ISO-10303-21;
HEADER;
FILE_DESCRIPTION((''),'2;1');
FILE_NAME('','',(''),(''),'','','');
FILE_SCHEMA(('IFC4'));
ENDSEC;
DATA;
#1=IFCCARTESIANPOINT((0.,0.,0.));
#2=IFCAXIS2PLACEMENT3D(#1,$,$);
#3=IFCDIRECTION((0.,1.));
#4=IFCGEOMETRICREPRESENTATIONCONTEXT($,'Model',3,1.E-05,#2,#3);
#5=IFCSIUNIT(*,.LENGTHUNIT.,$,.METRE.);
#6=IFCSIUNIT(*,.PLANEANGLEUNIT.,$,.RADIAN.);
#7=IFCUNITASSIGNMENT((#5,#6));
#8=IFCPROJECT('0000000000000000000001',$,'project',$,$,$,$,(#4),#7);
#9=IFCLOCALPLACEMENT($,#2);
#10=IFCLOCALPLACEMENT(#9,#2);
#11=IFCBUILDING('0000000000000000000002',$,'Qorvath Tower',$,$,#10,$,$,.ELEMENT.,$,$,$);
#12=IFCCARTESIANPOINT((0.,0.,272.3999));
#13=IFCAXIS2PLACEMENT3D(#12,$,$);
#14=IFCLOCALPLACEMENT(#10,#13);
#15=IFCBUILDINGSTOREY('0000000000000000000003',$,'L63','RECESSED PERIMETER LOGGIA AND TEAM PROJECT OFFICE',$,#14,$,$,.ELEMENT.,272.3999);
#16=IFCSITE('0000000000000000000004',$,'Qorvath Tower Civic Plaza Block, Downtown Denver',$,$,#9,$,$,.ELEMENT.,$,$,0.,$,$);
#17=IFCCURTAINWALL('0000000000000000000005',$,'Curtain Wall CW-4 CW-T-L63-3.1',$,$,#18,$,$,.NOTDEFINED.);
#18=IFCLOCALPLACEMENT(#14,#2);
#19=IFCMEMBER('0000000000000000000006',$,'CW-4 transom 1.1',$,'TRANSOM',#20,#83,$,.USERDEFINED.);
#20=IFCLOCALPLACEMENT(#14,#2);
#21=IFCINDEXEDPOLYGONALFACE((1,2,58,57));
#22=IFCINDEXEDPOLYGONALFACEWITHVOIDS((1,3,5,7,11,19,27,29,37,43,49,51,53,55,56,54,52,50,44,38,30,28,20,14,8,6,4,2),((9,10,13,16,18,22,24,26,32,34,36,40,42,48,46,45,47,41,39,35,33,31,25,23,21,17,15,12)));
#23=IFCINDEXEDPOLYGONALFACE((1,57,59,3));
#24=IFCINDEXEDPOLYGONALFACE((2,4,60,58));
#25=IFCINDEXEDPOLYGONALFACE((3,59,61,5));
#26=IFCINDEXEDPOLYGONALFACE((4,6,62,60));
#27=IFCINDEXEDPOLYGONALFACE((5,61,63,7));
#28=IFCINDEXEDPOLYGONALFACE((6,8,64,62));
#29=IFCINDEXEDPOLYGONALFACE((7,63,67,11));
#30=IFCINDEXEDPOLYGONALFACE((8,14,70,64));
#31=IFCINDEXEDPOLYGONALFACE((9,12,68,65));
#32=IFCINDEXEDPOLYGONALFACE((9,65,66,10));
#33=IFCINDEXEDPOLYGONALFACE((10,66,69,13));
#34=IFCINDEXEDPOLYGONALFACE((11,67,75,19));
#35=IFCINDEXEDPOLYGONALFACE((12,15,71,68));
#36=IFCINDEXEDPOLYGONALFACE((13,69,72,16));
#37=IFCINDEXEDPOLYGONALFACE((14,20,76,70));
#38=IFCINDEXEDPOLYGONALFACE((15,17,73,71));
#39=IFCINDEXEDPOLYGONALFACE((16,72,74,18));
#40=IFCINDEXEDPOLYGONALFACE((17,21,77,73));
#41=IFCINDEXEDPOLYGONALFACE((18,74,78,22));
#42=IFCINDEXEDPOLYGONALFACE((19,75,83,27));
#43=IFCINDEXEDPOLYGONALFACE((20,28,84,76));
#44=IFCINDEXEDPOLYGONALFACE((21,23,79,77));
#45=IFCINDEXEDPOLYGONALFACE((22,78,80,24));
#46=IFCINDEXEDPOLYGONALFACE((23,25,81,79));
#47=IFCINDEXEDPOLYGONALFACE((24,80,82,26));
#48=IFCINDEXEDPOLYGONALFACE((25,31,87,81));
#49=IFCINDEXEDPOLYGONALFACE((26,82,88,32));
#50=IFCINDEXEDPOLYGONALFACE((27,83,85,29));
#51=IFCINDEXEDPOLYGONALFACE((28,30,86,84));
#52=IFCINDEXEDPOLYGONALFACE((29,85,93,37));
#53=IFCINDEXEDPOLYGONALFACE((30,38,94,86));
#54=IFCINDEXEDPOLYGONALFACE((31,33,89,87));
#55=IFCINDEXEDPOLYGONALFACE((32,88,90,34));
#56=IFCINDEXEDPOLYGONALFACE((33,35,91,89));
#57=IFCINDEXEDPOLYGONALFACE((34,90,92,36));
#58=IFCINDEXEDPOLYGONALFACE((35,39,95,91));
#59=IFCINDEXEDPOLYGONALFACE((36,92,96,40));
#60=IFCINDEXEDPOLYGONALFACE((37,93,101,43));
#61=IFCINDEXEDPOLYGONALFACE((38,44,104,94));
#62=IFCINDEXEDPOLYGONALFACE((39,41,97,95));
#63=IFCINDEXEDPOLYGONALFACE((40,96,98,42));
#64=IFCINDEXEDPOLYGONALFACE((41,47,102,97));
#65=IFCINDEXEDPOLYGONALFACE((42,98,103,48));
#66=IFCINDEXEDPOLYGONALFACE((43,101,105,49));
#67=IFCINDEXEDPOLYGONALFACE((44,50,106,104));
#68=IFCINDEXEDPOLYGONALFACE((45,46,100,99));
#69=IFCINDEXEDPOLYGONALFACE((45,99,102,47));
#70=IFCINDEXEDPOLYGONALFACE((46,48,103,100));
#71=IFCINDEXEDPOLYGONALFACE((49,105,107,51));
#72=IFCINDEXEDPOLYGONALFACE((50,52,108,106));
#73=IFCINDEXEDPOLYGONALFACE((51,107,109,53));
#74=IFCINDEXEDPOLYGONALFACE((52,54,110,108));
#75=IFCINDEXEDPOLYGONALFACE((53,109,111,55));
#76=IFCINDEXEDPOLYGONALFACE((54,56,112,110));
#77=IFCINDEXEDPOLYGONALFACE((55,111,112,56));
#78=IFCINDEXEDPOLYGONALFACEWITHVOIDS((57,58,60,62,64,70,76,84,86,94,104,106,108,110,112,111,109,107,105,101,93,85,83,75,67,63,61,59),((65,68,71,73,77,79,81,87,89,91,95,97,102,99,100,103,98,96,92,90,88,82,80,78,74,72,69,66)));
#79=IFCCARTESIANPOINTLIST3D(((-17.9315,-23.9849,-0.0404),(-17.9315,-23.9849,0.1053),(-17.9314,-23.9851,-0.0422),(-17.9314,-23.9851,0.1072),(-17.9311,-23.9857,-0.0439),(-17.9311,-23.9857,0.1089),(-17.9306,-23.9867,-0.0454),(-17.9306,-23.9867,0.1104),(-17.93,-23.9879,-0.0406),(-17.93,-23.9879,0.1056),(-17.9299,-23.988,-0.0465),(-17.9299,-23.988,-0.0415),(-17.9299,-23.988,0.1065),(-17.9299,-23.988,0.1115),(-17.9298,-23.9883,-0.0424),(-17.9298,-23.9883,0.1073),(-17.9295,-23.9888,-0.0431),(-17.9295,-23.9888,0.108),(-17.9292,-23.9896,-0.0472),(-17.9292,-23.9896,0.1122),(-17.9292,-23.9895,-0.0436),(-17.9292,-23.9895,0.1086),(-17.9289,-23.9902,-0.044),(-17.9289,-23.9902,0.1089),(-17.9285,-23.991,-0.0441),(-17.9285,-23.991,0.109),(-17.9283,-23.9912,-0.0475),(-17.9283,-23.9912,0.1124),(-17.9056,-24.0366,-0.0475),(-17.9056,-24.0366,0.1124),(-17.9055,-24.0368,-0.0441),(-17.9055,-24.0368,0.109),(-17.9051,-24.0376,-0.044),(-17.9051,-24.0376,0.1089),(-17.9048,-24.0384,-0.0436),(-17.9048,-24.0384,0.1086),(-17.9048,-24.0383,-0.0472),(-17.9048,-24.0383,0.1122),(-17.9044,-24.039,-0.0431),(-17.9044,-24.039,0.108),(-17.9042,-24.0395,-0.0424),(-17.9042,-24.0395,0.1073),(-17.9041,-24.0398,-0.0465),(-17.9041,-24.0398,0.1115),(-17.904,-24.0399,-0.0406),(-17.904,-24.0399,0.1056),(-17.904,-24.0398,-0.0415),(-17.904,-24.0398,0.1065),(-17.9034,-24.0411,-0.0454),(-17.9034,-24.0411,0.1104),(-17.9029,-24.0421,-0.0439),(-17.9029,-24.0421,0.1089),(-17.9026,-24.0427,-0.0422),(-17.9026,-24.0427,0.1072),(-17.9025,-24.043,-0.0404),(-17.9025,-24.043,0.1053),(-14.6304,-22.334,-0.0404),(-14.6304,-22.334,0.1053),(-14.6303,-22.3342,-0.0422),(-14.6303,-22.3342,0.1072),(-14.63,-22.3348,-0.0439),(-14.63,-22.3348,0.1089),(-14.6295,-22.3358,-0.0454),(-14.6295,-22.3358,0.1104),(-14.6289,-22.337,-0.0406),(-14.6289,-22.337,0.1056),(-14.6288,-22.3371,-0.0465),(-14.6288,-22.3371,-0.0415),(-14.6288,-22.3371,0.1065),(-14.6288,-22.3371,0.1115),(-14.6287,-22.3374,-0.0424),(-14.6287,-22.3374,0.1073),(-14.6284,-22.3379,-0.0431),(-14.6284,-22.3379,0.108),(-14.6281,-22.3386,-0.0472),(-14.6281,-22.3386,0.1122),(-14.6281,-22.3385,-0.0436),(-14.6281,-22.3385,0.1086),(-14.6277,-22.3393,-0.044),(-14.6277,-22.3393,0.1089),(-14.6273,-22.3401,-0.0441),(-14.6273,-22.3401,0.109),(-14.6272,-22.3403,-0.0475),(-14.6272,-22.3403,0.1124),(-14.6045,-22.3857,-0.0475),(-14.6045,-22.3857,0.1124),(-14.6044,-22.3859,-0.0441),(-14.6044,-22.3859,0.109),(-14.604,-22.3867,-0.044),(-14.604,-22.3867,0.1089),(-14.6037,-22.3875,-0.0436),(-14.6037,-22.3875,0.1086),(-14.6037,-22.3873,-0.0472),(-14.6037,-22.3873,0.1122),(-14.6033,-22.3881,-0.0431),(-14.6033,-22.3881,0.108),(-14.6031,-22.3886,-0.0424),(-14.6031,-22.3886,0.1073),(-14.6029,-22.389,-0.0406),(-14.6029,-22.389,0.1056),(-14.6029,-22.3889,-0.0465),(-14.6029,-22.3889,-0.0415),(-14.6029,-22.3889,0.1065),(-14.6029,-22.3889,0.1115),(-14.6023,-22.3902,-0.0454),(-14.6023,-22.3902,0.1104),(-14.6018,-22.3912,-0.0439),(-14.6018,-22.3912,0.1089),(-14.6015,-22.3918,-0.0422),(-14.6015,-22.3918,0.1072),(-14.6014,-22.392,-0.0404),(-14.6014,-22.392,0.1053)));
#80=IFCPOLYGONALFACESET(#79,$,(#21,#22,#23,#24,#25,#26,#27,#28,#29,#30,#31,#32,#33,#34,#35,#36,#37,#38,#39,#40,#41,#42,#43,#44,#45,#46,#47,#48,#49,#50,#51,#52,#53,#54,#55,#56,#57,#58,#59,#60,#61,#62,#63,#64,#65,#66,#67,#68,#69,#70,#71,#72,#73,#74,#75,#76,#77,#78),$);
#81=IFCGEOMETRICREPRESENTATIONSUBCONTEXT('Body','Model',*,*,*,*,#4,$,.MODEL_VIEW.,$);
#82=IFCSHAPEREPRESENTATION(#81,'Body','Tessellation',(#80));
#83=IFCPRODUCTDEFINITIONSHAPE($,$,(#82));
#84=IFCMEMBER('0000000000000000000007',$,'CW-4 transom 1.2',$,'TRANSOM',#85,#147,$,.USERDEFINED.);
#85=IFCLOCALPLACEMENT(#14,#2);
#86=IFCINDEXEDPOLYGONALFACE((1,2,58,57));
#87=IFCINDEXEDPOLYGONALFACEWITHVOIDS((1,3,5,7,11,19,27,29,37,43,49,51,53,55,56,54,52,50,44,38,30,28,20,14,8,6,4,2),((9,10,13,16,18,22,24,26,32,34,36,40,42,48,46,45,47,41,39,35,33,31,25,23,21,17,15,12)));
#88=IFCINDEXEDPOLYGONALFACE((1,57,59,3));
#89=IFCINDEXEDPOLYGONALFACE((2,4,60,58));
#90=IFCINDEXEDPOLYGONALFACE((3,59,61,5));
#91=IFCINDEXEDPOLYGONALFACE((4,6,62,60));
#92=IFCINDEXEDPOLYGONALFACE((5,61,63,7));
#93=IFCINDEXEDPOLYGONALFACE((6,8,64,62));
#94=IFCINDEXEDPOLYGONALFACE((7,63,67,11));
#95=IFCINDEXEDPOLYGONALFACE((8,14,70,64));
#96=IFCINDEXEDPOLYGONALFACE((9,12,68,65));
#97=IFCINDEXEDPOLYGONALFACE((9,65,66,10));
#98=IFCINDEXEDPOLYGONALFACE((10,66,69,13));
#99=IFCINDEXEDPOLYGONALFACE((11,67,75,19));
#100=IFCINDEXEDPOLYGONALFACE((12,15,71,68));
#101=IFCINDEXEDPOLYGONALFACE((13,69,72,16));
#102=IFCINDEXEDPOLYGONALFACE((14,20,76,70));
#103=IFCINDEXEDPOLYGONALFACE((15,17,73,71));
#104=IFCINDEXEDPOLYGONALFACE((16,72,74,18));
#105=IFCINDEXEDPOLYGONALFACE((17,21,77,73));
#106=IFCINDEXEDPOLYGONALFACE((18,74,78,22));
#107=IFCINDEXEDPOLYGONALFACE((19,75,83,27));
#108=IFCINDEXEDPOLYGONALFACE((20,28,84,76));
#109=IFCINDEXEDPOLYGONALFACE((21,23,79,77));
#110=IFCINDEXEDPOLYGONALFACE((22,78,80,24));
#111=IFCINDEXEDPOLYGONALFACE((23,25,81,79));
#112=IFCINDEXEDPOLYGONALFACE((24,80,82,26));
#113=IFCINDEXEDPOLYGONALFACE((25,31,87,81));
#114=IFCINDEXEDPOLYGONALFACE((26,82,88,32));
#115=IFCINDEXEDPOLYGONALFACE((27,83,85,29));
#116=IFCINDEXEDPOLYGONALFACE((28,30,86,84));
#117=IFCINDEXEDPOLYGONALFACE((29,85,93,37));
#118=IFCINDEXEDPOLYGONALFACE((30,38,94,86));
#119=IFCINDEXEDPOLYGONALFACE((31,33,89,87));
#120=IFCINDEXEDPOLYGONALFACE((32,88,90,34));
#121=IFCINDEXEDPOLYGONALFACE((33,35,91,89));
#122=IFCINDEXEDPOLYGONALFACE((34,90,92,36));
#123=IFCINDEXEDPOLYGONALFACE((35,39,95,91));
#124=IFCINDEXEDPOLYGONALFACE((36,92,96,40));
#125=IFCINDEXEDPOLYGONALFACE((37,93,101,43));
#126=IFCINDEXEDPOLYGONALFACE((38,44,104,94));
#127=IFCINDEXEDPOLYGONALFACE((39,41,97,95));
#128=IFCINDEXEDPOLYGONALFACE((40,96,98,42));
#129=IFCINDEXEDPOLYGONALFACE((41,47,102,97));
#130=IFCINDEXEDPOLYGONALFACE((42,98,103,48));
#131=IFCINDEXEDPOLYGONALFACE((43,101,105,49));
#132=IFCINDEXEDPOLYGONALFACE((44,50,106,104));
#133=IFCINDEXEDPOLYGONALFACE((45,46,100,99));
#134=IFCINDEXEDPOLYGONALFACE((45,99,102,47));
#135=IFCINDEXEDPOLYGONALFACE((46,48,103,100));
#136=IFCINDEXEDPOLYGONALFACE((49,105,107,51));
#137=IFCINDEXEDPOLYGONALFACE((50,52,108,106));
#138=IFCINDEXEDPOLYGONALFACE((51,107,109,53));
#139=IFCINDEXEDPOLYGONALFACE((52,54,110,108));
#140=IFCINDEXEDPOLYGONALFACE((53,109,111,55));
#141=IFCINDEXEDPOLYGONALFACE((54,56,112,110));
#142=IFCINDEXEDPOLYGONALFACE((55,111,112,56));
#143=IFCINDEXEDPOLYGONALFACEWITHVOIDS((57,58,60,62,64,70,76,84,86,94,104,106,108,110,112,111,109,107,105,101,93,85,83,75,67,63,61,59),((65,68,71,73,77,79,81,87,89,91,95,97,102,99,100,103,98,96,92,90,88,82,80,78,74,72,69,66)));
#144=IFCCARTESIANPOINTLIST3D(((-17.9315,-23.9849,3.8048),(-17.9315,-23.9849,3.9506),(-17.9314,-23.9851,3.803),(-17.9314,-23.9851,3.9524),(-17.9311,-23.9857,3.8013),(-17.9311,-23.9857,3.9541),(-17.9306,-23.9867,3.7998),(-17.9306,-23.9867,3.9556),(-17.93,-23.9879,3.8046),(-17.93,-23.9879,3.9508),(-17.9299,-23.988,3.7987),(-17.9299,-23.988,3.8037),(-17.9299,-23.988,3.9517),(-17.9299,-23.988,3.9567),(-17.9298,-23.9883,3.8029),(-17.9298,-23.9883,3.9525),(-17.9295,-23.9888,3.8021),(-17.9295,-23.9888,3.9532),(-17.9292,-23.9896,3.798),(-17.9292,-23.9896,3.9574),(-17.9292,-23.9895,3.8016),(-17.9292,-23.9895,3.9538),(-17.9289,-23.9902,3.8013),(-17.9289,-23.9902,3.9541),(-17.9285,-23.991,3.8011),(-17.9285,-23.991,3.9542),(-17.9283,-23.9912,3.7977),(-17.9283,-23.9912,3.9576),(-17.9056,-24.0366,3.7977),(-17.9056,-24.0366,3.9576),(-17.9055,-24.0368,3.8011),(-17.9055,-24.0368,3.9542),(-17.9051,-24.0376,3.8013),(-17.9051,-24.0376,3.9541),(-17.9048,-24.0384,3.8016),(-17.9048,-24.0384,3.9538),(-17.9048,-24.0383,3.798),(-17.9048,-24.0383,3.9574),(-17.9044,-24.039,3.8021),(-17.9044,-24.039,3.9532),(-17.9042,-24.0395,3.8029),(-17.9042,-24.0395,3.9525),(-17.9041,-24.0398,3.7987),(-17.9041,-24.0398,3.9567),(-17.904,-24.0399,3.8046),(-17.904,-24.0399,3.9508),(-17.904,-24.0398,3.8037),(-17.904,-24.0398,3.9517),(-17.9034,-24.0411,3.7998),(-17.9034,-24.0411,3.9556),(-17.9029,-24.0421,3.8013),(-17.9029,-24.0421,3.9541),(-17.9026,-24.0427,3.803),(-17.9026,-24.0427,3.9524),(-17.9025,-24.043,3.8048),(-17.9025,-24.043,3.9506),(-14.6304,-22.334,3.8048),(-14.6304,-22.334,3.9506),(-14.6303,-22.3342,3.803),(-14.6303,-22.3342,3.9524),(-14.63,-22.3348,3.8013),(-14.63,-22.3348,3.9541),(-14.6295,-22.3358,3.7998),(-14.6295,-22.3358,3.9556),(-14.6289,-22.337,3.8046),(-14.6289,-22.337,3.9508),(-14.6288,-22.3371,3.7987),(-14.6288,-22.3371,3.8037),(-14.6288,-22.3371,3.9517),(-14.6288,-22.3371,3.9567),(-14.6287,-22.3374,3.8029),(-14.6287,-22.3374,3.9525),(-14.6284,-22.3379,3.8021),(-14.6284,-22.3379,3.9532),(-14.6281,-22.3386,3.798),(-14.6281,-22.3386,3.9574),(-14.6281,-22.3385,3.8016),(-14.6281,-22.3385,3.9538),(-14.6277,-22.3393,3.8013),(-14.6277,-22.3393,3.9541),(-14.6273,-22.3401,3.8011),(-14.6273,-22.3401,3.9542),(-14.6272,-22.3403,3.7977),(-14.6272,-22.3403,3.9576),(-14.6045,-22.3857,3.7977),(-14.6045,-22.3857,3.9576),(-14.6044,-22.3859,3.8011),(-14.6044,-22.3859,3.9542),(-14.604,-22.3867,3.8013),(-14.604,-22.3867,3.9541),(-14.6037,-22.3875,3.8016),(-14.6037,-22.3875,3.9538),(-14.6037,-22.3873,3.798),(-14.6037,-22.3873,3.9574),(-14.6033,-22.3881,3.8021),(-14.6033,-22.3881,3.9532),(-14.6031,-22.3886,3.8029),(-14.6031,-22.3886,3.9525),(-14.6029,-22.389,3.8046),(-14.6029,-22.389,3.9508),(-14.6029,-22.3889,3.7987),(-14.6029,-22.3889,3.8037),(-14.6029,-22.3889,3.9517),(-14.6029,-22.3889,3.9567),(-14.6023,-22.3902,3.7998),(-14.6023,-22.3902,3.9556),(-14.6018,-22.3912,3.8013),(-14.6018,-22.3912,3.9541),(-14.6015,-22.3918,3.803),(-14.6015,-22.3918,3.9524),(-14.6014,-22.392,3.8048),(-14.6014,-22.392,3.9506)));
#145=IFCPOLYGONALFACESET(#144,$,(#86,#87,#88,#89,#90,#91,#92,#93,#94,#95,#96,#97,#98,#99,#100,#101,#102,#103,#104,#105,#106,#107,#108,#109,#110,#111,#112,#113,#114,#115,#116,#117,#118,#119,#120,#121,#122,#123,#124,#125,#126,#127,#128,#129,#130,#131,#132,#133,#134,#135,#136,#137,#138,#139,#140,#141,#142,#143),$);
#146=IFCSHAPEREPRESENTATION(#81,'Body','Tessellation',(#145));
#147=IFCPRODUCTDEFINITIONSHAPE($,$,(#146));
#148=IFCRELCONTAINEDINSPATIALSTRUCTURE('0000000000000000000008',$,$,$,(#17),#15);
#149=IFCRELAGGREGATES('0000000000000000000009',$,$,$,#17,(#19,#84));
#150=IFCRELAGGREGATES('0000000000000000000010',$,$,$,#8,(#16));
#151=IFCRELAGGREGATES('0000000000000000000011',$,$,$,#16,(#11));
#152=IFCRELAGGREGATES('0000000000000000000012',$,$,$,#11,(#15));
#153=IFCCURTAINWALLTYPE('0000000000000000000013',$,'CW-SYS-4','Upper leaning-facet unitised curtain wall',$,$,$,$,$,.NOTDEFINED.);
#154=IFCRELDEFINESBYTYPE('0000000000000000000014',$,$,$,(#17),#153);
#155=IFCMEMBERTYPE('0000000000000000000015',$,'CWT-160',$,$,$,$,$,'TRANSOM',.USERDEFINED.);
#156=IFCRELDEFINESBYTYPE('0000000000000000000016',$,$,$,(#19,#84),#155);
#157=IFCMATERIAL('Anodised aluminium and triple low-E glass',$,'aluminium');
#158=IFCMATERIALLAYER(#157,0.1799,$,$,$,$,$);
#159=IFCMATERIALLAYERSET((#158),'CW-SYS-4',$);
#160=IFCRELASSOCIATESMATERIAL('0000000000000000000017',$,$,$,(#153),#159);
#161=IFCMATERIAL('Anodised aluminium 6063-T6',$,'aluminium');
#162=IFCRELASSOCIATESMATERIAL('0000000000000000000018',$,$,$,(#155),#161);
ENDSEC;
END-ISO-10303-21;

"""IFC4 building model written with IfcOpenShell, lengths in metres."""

from ifc_helpers import new_model, si_unit, direction, frame, origin, origin_2d, place, context, subcontext, project, spatial, hollow_rectangle, extrude, material, layer, layer_set, material_profile, profile_set, type_object, element, aggregate, save


model = new_model("IFC4")

# Units and contexts
model_context = context("Model", 3, precision=1e-05, world=origin(), true_north=direction((0.0, 1.0)))
body_context = subcontext(model_context, "Body", "Model", "MODEL_VIEW")
ifc_project = project(units=[si_unit("LENGTHUNIT", "METRE"), si_unit("PLANEANGLEUNIT", "RADIAN")], contexts=[model_context])

# Site, building, storey
site_placement = place(None, origin())
site = spatial("IfcSite", under=ifc_project, at=site_placement, Name="Qorvath Tower Civic Plaza Block, Downtown Denver", CompositionType="ELEMENT", RefElevation=0.0)
building_placement = place(site_placement, origin())
building = spatial("IfcBuilding", under=site, at=building_placement, Name="Qorvath Tower", CompositionType="ELEMENT")
storey_placement = place(building_placement, frame((0.0, 0.0, 272.3999)))
storey = spatial("IfcBuildingStorey", under=building, at=storey_placement, Name="L63", Description="RECESSED PERIMETER LOGGIA AND TEAM PROJECT OFFICE", CompositionType="ELEMENT", Elevation=272.3999)

# Shared definitions
ifc_material_1 = material(Name="Anodised aluminium and triple low-E glass", Category="aluminium")
ifc_layer_1 = layer(ifc_material_1, 0.1799)
ifc_layer_set_1 = layer_set([ifc_layer_1], Name="CW-SYS-4")
curtain_wall_type = type_object("IfcCurtainWallType", Name="CW-SYS-4", Description="Upper leaning-facet unitised curtain wall", PredefinedType="NOTDEFINED", material=ifc_layer_set_1)

# Curtain wall
curtain_wall_1_placement = place(storey_placement, origin())
curtain_wall_1 = element("IfcCurtainWall", 1, at=curtain_wall_1_placement, inside=storey, type_object=curtain_wall_type, Name="Curtain Wall CW-4 CW-T-L63-3.1", PredefinedType="NOTDEFINED")

# Members
ifc_material_2 = material(Name="Anodised aluminium 6063-T6", Category="aluminium")
ifc_material_profile_1 = material_profile(ifc_material_2, hollow_rectangle(XDim=0.0649, YDim=0.1599, WallThickness=0.0034, InnerFilletRadius=0.0034, OuterFilletRadius=0.0071, at=origin_2d()), Name="CWT 160x65")
ifc_profile_set_1 = profile_set([ifc_material_profile_1], Name="Anodised aluminium 6063-T6")
member_type_1 = type_object("IfcMemberType", Name="CWT-160", ElementType="TRANSOM", PredefinedType="USERDEFINED", material=ifc_profile_set_1)
member_1_placement = place(storey_placement, frame((-17.917, -24.0139, 0.0325), z_axis=(0.894387, 0.447293, 0.0), x_axis=(-0.447293, 0.894387, 0.0)))
member_1 = element("IfcMember", 2, at=member_1_placement, type_object=member_type_1, Name="CW-4 transom 1.1", ObjectType="TRANSOM", PredefinedType="USERDEFINED", context=body_context, shape_type="SweptSolid", body=[
    extrude(hollow_rectangle(XDim=0.0649, YDim=0.1599, WallThickness=0.0034, InnerFilletRadius=0.0034, OuterFilletRadius=0.0071, at=origin_2d()), origin(), (0.0, 0.0, 1.0), 3.6909),
])
member_2_placement = place(storey_placement, frame((-17.917, -24.0139, 3.8777), z_axis=(0.894387, 0.447293, 0.0), x_axis=(-0.447293, 0.894387, 0.0)))
member_2 = element("IfcMember", 3, at=member_2_placement, type_object=member_type_1, Name="CW-4 transom 1.2", ObjectType="TRANSOM", PredefinedType="USERDEFINED", context=body_context, shape_type="SweptSolid", body=[
    extrude(hollow_rectangle(XDim=0.0649, YDim=0.1599, WallThickness=0.0034, InnerFilletRadius=0.0034, OuterFilletRadius=0.0071, at=origin_2d()), origin(), (0.0, 0.0, 1.0), 3.6909),
])

aggregate(curtain_wall_1, [member_1, member_2])

save(model, "model.ifc")
